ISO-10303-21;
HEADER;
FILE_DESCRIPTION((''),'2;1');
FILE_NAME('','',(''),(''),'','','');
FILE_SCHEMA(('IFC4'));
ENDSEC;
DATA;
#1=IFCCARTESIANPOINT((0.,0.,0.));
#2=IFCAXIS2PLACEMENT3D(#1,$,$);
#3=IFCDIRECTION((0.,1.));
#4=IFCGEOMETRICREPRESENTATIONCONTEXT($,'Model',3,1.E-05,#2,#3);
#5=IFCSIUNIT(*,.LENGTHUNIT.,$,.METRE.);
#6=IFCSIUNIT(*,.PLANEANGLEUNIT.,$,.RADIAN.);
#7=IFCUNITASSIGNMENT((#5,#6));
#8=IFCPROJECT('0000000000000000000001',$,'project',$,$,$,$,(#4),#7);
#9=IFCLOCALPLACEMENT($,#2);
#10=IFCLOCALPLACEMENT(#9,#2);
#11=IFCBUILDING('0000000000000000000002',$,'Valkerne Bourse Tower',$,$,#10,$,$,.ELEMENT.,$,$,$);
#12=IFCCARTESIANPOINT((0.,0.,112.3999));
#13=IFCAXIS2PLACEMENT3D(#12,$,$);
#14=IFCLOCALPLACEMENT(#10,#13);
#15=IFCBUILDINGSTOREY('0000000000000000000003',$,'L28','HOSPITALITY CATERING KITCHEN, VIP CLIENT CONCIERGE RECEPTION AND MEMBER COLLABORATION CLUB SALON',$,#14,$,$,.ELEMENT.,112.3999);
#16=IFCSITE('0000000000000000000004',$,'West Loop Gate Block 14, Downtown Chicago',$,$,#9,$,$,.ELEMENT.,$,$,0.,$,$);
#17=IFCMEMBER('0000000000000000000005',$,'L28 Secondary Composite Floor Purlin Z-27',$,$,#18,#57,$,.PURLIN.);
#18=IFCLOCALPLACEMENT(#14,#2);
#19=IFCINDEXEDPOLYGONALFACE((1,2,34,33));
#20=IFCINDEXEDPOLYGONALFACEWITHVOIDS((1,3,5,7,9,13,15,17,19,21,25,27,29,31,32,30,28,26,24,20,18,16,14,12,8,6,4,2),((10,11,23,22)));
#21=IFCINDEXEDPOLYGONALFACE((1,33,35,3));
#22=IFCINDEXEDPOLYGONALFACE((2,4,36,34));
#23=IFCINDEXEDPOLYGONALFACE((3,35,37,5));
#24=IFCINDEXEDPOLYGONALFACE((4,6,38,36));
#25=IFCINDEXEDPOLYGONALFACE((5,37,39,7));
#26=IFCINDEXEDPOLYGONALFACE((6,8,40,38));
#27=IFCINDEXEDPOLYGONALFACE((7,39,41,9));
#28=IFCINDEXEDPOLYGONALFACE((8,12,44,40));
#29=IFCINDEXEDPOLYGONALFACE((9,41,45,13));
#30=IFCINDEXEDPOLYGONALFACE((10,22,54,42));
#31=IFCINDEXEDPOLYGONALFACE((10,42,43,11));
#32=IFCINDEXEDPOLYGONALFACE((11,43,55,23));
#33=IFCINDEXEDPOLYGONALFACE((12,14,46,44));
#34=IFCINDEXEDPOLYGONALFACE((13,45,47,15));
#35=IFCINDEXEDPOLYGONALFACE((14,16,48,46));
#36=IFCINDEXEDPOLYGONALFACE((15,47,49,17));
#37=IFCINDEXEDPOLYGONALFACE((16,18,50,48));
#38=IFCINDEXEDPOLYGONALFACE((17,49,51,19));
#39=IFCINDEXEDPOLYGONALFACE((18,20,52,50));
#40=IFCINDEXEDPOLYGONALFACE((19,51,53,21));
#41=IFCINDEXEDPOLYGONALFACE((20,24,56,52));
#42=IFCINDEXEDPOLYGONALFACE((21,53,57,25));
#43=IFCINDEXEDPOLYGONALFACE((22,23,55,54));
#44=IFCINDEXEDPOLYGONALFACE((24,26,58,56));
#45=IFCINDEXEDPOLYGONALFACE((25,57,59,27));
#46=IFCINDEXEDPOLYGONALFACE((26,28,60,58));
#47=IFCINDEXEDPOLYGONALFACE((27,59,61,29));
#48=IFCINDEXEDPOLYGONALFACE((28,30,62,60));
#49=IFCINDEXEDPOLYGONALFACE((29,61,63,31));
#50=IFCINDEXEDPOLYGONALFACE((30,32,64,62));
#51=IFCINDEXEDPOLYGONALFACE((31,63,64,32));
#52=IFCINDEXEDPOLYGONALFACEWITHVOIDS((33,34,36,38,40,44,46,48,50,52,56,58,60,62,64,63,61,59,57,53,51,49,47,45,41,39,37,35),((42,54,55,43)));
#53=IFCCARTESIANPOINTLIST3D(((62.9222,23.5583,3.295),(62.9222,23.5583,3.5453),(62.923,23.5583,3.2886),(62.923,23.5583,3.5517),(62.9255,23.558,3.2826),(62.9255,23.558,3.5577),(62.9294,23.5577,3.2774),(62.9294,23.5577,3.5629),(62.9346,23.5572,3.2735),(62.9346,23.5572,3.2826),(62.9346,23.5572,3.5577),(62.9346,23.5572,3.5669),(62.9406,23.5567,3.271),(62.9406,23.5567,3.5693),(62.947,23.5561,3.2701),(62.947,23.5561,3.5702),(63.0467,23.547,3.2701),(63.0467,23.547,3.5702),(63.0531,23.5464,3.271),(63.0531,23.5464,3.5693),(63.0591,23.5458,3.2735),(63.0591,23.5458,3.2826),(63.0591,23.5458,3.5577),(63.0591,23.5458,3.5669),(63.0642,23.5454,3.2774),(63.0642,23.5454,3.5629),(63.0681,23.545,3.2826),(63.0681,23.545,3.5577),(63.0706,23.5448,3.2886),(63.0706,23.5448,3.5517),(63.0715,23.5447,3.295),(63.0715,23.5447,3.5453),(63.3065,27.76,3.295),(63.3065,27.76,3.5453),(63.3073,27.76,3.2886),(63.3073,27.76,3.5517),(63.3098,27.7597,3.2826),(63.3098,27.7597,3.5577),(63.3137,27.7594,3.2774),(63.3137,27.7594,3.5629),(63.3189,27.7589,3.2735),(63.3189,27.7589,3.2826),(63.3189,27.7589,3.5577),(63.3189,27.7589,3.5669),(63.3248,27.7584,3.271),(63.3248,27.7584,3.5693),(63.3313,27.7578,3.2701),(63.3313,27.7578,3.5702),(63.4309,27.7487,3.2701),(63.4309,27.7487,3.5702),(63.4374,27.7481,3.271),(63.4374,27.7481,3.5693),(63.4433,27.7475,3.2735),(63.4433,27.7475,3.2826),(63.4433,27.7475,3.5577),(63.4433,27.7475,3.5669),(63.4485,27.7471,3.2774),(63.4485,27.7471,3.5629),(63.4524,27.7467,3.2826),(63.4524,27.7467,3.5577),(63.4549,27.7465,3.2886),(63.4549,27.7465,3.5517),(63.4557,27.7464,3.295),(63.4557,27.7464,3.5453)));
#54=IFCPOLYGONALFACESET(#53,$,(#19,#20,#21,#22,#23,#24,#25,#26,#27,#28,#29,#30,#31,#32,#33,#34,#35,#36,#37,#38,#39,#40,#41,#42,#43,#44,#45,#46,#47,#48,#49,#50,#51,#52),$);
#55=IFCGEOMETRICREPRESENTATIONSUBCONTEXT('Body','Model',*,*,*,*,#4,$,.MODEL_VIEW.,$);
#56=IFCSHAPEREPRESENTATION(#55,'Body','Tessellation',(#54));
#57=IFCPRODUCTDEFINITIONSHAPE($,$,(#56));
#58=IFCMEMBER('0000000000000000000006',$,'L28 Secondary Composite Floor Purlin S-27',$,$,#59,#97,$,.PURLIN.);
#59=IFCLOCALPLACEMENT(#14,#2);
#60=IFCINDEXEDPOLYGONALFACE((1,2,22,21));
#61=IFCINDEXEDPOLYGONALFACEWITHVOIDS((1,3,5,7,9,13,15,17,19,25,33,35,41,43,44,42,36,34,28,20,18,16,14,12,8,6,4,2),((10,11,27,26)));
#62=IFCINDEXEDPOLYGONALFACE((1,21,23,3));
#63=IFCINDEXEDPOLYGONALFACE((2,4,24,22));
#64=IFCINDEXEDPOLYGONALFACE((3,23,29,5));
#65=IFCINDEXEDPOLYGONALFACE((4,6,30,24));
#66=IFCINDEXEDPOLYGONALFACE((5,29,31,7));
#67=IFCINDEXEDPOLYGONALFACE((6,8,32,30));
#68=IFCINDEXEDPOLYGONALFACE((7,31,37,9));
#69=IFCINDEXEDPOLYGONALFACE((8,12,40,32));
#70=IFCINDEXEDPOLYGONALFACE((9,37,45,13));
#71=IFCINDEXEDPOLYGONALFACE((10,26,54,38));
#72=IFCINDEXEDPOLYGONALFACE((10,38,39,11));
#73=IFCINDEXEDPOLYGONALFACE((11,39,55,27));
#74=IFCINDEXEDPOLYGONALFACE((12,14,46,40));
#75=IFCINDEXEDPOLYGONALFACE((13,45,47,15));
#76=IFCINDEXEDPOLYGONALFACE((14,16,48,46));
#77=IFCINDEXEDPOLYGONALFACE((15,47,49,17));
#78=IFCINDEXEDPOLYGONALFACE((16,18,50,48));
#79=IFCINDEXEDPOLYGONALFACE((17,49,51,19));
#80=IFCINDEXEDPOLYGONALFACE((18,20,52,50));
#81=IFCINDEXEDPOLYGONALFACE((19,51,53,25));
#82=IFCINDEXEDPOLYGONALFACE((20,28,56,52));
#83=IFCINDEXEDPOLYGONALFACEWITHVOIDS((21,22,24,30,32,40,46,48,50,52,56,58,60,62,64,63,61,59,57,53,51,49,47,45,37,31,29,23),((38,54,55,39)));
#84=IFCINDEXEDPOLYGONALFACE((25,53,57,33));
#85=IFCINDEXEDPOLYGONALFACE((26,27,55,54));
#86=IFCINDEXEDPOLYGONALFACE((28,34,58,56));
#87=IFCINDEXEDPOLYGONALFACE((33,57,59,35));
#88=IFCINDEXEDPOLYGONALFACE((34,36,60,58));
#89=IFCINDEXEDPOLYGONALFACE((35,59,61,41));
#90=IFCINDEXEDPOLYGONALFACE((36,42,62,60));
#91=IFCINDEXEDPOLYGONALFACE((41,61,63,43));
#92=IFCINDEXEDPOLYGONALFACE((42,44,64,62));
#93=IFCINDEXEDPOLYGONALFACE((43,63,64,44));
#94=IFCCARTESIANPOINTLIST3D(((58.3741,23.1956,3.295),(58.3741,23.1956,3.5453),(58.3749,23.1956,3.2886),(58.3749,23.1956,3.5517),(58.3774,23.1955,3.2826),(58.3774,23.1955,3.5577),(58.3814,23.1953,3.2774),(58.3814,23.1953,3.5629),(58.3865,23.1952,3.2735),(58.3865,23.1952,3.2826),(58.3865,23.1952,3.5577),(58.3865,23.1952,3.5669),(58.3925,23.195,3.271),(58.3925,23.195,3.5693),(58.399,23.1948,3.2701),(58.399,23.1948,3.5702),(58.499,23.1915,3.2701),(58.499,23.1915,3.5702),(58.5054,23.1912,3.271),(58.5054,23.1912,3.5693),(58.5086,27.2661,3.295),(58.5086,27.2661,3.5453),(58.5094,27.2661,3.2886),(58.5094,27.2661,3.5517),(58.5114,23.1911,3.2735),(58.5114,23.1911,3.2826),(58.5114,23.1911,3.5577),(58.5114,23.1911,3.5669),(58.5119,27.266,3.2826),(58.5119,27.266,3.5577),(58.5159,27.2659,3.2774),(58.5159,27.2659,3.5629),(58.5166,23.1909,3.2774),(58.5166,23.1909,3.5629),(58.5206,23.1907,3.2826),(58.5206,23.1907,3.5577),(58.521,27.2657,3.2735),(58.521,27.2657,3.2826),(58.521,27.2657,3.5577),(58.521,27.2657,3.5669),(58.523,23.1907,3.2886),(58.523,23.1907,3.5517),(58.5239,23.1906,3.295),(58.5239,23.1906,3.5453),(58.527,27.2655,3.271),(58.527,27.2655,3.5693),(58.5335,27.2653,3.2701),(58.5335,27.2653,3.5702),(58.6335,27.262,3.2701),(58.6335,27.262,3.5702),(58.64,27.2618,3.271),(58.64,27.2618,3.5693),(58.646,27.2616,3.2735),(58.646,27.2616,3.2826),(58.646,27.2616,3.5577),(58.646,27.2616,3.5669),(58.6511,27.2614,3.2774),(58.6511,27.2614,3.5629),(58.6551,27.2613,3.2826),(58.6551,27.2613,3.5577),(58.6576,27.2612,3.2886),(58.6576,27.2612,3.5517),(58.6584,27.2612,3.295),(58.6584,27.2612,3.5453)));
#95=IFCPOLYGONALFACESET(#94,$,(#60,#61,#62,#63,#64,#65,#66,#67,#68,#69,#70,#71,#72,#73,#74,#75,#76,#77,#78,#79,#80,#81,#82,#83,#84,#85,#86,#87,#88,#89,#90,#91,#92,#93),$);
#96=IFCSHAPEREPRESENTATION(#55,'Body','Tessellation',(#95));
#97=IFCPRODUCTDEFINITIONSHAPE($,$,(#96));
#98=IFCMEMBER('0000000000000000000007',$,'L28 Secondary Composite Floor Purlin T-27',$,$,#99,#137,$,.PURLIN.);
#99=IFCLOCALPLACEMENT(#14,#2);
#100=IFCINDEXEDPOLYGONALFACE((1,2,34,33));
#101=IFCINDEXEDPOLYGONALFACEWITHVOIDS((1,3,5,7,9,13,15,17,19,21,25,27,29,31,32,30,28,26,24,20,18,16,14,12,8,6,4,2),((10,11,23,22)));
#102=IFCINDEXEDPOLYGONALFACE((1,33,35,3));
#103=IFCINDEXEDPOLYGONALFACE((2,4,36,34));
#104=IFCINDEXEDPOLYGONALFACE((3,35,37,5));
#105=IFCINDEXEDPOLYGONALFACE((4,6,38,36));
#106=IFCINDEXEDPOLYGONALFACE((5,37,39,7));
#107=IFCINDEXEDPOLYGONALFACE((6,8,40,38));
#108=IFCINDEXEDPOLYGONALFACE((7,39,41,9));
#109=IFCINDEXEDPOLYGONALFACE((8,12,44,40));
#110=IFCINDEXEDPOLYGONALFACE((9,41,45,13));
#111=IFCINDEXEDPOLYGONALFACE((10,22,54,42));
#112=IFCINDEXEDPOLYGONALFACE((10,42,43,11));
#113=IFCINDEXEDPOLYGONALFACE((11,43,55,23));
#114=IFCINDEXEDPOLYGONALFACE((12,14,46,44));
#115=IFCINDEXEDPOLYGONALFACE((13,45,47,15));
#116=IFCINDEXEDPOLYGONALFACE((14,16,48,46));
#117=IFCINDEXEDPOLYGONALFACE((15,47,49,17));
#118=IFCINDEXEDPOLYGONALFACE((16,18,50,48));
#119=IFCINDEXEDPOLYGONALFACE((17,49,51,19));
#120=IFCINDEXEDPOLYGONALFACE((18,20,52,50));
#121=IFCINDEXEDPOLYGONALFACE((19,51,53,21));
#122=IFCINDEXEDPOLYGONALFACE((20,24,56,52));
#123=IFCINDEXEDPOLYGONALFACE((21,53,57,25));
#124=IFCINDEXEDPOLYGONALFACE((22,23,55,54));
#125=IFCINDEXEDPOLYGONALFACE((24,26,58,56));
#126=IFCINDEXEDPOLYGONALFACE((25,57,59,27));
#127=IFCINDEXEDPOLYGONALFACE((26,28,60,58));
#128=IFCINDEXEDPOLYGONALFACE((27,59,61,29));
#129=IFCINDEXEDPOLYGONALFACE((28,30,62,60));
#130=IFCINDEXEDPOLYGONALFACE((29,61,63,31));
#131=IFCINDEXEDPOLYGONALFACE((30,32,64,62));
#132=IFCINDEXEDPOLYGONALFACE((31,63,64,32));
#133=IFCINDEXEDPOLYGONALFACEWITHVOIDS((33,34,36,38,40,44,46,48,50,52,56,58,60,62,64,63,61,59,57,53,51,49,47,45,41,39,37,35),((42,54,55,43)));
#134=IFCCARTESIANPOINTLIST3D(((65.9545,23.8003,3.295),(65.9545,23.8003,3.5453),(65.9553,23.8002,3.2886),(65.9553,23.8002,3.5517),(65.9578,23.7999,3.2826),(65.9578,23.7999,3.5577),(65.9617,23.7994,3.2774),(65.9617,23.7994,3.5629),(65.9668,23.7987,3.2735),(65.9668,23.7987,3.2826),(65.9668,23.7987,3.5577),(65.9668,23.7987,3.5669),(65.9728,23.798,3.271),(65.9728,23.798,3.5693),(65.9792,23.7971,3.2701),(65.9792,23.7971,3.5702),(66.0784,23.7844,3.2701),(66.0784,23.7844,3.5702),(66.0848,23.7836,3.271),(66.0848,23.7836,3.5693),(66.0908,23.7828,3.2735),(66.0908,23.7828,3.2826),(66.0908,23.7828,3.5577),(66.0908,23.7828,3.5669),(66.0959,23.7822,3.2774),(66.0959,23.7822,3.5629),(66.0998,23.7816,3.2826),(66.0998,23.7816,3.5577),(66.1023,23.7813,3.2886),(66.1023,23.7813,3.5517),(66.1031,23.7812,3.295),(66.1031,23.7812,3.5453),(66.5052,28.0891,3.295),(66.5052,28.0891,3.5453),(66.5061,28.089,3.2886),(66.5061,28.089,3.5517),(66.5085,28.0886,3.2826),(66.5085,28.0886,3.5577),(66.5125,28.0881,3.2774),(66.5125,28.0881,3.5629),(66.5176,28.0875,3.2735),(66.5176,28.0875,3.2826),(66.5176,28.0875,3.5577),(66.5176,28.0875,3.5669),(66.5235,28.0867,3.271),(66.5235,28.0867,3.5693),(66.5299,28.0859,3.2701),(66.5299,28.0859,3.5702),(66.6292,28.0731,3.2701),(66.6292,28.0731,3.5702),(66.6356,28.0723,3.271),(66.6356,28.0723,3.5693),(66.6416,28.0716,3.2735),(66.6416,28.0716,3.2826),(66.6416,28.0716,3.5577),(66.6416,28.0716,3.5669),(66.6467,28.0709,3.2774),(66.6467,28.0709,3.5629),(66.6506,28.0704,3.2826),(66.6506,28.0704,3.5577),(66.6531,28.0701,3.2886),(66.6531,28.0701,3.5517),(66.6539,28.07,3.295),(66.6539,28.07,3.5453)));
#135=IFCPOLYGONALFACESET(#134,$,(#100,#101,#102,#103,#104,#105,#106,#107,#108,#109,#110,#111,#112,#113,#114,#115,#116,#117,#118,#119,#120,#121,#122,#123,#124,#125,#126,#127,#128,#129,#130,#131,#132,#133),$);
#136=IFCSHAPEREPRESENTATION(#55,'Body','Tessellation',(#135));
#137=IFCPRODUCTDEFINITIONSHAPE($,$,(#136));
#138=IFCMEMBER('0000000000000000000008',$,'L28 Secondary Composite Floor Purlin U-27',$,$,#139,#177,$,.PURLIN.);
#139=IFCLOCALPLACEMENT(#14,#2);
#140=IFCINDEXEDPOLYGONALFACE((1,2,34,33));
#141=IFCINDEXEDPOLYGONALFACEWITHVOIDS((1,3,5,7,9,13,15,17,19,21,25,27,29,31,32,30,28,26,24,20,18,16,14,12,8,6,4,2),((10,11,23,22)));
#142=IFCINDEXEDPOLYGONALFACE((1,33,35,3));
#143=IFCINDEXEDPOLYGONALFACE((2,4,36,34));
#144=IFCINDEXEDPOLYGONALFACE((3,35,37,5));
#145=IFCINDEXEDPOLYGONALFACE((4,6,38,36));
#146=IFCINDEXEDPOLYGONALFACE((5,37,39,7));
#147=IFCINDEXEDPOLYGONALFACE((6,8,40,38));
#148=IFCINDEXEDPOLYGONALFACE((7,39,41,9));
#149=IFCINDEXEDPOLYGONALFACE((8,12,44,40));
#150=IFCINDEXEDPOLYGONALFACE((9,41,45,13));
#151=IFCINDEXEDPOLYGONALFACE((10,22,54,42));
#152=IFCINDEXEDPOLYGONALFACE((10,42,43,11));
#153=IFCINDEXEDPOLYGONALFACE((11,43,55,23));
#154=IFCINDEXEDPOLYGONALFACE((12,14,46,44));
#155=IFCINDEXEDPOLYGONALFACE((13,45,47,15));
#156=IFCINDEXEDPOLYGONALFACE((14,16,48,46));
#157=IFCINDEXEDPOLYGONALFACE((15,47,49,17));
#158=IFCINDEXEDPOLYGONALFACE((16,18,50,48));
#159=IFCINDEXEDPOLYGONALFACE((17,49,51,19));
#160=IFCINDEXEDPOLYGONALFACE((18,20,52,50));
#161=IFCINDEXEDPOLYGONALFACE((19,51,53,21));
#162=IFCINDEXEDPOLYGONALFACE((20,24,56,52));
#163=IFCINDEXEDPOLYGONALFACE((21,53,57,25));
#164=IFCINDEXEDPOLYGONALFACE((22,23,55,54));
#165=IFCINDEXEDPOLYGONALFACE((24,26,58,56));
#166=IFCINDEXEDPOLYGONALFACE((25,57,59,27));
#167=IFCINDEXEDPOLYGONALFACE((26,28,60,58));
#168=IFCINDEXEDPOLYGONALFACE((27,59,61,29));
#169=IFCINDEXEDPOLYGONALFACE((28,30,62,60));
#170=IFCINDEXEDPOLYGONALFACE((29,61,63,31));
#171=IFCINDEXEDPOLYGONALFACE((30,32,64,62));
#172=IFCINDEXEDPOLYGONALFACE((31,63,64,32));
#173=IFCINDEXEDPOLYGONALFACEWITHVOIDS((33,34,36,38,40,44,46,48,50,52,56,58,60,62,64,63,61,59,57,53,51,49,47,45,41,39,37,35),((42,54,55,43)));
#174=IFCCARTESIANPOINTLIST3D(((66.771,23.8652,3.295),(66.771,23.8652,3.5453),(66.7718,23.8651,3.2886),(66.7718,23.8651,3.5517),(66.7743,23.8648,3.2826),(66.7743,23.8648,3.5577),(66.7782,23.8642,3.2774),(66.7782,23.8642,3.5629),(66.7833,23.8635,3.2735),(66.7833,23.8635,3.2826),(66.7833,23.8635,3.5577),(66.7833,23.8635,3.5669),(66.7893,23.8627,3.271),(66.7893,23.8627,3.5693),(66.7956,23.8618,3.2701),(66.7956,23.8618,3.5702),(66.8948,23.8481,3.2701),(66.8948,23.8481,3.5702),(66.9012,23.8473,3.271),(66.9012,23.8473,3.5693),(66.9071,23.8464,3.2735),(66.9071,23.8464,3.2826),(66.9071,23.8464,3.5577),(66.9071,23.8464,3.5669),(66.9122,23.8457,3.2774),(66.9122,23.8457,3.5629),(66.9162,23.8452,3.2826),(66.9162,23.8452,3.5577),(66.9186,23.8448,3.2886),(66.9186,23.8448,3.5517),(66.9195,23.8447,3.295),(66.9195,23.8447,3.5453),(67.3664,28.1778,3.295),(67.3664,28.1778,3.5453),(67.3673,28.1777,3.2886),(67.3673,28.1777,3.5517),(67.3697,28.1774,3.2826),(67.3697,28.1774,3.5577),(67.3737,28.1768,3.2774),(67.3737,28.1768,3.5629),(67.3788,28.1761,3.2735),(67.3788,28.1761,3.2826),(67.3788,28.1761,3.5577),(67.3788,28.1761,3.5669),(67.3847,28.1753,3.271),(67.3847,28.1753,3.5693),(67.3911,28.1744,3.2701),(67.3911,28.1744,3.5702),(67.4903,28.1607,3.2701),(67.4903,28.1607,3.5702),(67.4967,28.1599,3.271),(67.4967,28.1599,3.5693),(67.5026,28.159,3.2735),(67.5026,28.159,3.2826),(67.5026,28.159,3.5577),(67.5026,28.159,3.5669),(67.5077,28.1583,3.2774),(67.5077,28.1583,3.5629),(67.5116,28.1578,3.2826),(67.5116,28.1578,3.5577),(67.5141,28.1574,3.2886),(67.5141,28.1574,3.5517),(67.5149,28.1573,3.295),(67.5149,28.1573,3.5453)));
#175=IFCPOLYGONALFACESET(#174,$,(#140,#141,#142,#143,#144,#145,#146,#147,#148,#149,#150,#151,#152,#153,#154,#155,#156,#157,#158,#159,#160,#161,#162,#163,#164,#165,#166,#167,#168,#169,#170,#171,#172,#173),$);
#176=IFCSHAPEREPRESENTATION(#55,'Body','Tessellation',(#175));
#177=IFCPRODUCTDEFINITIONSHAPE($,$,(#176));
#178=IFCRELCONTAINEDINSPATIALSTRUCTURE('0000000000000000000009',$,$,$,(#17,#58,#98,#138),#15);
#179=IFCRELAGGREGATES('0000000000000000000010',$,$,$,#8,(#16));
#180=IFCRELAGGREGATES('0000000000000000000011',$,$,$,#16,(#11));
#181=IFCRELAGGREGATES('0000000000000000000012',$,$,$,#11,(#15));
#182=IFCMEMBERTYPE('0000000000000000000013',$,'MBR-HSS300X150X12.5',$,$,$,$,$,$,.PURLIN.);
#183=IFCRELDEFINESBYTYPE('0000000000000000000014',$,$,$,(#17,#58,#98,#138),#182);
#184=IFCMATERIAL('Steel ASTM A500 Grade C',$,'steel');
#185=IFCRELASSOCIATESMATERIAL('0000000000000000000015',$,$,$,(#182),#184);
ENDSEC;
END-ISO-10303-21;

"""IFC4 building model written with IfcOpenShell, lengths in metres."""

from ifc_helpers import new_model, si_unit, direction, frame, origin, origin_2d, place, context, subcontext, project, spatial, hollow_rectangle, extrude, material, material_profile, profile_set, type_object, element, save


model = new_model("IFC4")

# Units and contexts
model_context = context("Model", 3, precision=1e-05, world=origin(), true_north=direction((0.0, 1.0)))
body_context = subcontext(model_context, "Body", "Model", "MODEL_VIEW")
ifc_project = project(units=[si_unit("LENGTHUNIT", "METRE"), si_unit("PLANEANGLEUNIT", "RADIAN")], contexts=[model_context])

# Site, building, storey
site_placement = place(None, origin())
site = spatial("IfcSite", under=ifc_project, at=site_placement, Name="West Loop Gate Block 14, Downtown Chicago", CompositionType="ELEMENT", RefElevation=0.0)
building_placement = place(site_placement, origin())
building = spatial("IfcBuilding", under=site, at=building_placement, Name="Valkerne Bourse Tower", CompositionType="ELEMENT")
storey_placement = place(building_placement, frame((0.0, 0.0, 112.3999)))
storey = spatial("IfcBuildingStorey", under=building, at=storey_placement, Name="L28", Description="HOSPITALITY CATERING KITCHEN, VIP CLIENT CONCIERGE RECEPTION AND MEMBER COLLABORATION CLUB SALON", CompositionType="ELEMENT", Elevation=112.3999)

# Members
ifc_material_1 = material(Name="Steel ASTM A500 Grade C", Category="steel")
ifc_material_profile_1 = material_profile(ifc_material_1, hollow_rectangle(XDim=0.1499, YDim=0.3, WallThickness=0.0125, OuterFilletRadius=0.0249, at=origin_2d()), Name="HSS300X150X12.5")
ifc_profile_set_1 = profile_set([ifc_material_profile_1], Name="Steel ASTM A500 Grade C")
member_type_1 = type_object("IfcMemberType", Name="MBR-HSS300X150X12.5", PredefinedType="PURLIN", material=ifc_profile_set_1)
member_1_placement = place(storey_placement, frame((62.9968, 23.5515, 3.4202), z_axis=(0.091078, 0.995844, 0.0), x_axis=(-0.995844, 0.091078, 0.0)))
element("IfcMember", 1, at=member_1_placement, inside=storey, type_object=member_type_1, Name="L28 Secondary Composite Floor Purlin Z-27", PredefinedType="PURLIN", context=body_context, shape_type="SweptSolid", body=[
    extrude(hollow_rectangle(XDim=0.1499, YDim=0.3, WallThickness=0.0125, OuterFilletRadius=0.0249, at=origin_2d()), origin(), (0.0, 0.0, 1.0), 4.2192),
])
member_2_placement = place(storey_placement, frame((58.449, 23.1931, 3.4202), z_axis=(0.033029, 0.999454, 0.0), x_axis=(-0.999454, 0.033029, 0.0)))
element("IfcMember", 2, at=member_2_placement, inside=storey, type_object=member_type_1, Name="L28 Secondary Composite Floor Purlin S-27", PredefinedType="PURLIN", context=body_context, shape_type="SweptSolid", body=[
    extrude(hollow_rectangle(XDim=0.1499, YDim=0.3, WallThickness=0.0125, OuterFilletRadius=0.0249, at=origin_2d()), origin(), (0.0, 0.0, 1.0), 4.0728),
])
member_3_placement = place(storey_placement, frame((66.0288, 23.7908, 3.4202), z_axis=(0.127377, 0.991854, 0.0), x_axis=(-0.991854, 0.127377, 0.0)))
element("IfcMember", 3, at=member_3_placement, inside=storey, type_object=member_type_1, Name="L28 Secondary Composite Floor Purlin T-27", PredefinedType="PURLIN", context=body_context, shape_type="SweptSolid", body=[
    extrude(hollow_rectangle(XDim=0.1499, YDim=0.3, WallThickness=0.0125, OuterFilletRadius=0.0249, at=origin_2d()), origin(), (0.0, 0.0, 1.0), 4.324),
])
member_4_placement = place(storey_placement, frame((66.8452, 23.855, 3.4202), z_axis=(0.13678, 0.990601, 0.0), x_axis=(-0.990601, 0.13678, 0.0)))
element("IfcMember", 4, at=member_4_placement, inside=storey, type_object=member_type_1, Name="L28 Secondary Composite Floor Purlin U-27", PredefinedType="PURLIN", context=body_context, shape_type="SweptSolid", body=[
    extrude(hollow_rectangle(XDim=0.1499, YDim=0.3, WallThickness=0.0125, OuterFilletRadius=0.0249, at=origin_2d()), origin(), (0.0, 0.0, 1.0), 4.3535),
])

save(model, "model.ifc")
